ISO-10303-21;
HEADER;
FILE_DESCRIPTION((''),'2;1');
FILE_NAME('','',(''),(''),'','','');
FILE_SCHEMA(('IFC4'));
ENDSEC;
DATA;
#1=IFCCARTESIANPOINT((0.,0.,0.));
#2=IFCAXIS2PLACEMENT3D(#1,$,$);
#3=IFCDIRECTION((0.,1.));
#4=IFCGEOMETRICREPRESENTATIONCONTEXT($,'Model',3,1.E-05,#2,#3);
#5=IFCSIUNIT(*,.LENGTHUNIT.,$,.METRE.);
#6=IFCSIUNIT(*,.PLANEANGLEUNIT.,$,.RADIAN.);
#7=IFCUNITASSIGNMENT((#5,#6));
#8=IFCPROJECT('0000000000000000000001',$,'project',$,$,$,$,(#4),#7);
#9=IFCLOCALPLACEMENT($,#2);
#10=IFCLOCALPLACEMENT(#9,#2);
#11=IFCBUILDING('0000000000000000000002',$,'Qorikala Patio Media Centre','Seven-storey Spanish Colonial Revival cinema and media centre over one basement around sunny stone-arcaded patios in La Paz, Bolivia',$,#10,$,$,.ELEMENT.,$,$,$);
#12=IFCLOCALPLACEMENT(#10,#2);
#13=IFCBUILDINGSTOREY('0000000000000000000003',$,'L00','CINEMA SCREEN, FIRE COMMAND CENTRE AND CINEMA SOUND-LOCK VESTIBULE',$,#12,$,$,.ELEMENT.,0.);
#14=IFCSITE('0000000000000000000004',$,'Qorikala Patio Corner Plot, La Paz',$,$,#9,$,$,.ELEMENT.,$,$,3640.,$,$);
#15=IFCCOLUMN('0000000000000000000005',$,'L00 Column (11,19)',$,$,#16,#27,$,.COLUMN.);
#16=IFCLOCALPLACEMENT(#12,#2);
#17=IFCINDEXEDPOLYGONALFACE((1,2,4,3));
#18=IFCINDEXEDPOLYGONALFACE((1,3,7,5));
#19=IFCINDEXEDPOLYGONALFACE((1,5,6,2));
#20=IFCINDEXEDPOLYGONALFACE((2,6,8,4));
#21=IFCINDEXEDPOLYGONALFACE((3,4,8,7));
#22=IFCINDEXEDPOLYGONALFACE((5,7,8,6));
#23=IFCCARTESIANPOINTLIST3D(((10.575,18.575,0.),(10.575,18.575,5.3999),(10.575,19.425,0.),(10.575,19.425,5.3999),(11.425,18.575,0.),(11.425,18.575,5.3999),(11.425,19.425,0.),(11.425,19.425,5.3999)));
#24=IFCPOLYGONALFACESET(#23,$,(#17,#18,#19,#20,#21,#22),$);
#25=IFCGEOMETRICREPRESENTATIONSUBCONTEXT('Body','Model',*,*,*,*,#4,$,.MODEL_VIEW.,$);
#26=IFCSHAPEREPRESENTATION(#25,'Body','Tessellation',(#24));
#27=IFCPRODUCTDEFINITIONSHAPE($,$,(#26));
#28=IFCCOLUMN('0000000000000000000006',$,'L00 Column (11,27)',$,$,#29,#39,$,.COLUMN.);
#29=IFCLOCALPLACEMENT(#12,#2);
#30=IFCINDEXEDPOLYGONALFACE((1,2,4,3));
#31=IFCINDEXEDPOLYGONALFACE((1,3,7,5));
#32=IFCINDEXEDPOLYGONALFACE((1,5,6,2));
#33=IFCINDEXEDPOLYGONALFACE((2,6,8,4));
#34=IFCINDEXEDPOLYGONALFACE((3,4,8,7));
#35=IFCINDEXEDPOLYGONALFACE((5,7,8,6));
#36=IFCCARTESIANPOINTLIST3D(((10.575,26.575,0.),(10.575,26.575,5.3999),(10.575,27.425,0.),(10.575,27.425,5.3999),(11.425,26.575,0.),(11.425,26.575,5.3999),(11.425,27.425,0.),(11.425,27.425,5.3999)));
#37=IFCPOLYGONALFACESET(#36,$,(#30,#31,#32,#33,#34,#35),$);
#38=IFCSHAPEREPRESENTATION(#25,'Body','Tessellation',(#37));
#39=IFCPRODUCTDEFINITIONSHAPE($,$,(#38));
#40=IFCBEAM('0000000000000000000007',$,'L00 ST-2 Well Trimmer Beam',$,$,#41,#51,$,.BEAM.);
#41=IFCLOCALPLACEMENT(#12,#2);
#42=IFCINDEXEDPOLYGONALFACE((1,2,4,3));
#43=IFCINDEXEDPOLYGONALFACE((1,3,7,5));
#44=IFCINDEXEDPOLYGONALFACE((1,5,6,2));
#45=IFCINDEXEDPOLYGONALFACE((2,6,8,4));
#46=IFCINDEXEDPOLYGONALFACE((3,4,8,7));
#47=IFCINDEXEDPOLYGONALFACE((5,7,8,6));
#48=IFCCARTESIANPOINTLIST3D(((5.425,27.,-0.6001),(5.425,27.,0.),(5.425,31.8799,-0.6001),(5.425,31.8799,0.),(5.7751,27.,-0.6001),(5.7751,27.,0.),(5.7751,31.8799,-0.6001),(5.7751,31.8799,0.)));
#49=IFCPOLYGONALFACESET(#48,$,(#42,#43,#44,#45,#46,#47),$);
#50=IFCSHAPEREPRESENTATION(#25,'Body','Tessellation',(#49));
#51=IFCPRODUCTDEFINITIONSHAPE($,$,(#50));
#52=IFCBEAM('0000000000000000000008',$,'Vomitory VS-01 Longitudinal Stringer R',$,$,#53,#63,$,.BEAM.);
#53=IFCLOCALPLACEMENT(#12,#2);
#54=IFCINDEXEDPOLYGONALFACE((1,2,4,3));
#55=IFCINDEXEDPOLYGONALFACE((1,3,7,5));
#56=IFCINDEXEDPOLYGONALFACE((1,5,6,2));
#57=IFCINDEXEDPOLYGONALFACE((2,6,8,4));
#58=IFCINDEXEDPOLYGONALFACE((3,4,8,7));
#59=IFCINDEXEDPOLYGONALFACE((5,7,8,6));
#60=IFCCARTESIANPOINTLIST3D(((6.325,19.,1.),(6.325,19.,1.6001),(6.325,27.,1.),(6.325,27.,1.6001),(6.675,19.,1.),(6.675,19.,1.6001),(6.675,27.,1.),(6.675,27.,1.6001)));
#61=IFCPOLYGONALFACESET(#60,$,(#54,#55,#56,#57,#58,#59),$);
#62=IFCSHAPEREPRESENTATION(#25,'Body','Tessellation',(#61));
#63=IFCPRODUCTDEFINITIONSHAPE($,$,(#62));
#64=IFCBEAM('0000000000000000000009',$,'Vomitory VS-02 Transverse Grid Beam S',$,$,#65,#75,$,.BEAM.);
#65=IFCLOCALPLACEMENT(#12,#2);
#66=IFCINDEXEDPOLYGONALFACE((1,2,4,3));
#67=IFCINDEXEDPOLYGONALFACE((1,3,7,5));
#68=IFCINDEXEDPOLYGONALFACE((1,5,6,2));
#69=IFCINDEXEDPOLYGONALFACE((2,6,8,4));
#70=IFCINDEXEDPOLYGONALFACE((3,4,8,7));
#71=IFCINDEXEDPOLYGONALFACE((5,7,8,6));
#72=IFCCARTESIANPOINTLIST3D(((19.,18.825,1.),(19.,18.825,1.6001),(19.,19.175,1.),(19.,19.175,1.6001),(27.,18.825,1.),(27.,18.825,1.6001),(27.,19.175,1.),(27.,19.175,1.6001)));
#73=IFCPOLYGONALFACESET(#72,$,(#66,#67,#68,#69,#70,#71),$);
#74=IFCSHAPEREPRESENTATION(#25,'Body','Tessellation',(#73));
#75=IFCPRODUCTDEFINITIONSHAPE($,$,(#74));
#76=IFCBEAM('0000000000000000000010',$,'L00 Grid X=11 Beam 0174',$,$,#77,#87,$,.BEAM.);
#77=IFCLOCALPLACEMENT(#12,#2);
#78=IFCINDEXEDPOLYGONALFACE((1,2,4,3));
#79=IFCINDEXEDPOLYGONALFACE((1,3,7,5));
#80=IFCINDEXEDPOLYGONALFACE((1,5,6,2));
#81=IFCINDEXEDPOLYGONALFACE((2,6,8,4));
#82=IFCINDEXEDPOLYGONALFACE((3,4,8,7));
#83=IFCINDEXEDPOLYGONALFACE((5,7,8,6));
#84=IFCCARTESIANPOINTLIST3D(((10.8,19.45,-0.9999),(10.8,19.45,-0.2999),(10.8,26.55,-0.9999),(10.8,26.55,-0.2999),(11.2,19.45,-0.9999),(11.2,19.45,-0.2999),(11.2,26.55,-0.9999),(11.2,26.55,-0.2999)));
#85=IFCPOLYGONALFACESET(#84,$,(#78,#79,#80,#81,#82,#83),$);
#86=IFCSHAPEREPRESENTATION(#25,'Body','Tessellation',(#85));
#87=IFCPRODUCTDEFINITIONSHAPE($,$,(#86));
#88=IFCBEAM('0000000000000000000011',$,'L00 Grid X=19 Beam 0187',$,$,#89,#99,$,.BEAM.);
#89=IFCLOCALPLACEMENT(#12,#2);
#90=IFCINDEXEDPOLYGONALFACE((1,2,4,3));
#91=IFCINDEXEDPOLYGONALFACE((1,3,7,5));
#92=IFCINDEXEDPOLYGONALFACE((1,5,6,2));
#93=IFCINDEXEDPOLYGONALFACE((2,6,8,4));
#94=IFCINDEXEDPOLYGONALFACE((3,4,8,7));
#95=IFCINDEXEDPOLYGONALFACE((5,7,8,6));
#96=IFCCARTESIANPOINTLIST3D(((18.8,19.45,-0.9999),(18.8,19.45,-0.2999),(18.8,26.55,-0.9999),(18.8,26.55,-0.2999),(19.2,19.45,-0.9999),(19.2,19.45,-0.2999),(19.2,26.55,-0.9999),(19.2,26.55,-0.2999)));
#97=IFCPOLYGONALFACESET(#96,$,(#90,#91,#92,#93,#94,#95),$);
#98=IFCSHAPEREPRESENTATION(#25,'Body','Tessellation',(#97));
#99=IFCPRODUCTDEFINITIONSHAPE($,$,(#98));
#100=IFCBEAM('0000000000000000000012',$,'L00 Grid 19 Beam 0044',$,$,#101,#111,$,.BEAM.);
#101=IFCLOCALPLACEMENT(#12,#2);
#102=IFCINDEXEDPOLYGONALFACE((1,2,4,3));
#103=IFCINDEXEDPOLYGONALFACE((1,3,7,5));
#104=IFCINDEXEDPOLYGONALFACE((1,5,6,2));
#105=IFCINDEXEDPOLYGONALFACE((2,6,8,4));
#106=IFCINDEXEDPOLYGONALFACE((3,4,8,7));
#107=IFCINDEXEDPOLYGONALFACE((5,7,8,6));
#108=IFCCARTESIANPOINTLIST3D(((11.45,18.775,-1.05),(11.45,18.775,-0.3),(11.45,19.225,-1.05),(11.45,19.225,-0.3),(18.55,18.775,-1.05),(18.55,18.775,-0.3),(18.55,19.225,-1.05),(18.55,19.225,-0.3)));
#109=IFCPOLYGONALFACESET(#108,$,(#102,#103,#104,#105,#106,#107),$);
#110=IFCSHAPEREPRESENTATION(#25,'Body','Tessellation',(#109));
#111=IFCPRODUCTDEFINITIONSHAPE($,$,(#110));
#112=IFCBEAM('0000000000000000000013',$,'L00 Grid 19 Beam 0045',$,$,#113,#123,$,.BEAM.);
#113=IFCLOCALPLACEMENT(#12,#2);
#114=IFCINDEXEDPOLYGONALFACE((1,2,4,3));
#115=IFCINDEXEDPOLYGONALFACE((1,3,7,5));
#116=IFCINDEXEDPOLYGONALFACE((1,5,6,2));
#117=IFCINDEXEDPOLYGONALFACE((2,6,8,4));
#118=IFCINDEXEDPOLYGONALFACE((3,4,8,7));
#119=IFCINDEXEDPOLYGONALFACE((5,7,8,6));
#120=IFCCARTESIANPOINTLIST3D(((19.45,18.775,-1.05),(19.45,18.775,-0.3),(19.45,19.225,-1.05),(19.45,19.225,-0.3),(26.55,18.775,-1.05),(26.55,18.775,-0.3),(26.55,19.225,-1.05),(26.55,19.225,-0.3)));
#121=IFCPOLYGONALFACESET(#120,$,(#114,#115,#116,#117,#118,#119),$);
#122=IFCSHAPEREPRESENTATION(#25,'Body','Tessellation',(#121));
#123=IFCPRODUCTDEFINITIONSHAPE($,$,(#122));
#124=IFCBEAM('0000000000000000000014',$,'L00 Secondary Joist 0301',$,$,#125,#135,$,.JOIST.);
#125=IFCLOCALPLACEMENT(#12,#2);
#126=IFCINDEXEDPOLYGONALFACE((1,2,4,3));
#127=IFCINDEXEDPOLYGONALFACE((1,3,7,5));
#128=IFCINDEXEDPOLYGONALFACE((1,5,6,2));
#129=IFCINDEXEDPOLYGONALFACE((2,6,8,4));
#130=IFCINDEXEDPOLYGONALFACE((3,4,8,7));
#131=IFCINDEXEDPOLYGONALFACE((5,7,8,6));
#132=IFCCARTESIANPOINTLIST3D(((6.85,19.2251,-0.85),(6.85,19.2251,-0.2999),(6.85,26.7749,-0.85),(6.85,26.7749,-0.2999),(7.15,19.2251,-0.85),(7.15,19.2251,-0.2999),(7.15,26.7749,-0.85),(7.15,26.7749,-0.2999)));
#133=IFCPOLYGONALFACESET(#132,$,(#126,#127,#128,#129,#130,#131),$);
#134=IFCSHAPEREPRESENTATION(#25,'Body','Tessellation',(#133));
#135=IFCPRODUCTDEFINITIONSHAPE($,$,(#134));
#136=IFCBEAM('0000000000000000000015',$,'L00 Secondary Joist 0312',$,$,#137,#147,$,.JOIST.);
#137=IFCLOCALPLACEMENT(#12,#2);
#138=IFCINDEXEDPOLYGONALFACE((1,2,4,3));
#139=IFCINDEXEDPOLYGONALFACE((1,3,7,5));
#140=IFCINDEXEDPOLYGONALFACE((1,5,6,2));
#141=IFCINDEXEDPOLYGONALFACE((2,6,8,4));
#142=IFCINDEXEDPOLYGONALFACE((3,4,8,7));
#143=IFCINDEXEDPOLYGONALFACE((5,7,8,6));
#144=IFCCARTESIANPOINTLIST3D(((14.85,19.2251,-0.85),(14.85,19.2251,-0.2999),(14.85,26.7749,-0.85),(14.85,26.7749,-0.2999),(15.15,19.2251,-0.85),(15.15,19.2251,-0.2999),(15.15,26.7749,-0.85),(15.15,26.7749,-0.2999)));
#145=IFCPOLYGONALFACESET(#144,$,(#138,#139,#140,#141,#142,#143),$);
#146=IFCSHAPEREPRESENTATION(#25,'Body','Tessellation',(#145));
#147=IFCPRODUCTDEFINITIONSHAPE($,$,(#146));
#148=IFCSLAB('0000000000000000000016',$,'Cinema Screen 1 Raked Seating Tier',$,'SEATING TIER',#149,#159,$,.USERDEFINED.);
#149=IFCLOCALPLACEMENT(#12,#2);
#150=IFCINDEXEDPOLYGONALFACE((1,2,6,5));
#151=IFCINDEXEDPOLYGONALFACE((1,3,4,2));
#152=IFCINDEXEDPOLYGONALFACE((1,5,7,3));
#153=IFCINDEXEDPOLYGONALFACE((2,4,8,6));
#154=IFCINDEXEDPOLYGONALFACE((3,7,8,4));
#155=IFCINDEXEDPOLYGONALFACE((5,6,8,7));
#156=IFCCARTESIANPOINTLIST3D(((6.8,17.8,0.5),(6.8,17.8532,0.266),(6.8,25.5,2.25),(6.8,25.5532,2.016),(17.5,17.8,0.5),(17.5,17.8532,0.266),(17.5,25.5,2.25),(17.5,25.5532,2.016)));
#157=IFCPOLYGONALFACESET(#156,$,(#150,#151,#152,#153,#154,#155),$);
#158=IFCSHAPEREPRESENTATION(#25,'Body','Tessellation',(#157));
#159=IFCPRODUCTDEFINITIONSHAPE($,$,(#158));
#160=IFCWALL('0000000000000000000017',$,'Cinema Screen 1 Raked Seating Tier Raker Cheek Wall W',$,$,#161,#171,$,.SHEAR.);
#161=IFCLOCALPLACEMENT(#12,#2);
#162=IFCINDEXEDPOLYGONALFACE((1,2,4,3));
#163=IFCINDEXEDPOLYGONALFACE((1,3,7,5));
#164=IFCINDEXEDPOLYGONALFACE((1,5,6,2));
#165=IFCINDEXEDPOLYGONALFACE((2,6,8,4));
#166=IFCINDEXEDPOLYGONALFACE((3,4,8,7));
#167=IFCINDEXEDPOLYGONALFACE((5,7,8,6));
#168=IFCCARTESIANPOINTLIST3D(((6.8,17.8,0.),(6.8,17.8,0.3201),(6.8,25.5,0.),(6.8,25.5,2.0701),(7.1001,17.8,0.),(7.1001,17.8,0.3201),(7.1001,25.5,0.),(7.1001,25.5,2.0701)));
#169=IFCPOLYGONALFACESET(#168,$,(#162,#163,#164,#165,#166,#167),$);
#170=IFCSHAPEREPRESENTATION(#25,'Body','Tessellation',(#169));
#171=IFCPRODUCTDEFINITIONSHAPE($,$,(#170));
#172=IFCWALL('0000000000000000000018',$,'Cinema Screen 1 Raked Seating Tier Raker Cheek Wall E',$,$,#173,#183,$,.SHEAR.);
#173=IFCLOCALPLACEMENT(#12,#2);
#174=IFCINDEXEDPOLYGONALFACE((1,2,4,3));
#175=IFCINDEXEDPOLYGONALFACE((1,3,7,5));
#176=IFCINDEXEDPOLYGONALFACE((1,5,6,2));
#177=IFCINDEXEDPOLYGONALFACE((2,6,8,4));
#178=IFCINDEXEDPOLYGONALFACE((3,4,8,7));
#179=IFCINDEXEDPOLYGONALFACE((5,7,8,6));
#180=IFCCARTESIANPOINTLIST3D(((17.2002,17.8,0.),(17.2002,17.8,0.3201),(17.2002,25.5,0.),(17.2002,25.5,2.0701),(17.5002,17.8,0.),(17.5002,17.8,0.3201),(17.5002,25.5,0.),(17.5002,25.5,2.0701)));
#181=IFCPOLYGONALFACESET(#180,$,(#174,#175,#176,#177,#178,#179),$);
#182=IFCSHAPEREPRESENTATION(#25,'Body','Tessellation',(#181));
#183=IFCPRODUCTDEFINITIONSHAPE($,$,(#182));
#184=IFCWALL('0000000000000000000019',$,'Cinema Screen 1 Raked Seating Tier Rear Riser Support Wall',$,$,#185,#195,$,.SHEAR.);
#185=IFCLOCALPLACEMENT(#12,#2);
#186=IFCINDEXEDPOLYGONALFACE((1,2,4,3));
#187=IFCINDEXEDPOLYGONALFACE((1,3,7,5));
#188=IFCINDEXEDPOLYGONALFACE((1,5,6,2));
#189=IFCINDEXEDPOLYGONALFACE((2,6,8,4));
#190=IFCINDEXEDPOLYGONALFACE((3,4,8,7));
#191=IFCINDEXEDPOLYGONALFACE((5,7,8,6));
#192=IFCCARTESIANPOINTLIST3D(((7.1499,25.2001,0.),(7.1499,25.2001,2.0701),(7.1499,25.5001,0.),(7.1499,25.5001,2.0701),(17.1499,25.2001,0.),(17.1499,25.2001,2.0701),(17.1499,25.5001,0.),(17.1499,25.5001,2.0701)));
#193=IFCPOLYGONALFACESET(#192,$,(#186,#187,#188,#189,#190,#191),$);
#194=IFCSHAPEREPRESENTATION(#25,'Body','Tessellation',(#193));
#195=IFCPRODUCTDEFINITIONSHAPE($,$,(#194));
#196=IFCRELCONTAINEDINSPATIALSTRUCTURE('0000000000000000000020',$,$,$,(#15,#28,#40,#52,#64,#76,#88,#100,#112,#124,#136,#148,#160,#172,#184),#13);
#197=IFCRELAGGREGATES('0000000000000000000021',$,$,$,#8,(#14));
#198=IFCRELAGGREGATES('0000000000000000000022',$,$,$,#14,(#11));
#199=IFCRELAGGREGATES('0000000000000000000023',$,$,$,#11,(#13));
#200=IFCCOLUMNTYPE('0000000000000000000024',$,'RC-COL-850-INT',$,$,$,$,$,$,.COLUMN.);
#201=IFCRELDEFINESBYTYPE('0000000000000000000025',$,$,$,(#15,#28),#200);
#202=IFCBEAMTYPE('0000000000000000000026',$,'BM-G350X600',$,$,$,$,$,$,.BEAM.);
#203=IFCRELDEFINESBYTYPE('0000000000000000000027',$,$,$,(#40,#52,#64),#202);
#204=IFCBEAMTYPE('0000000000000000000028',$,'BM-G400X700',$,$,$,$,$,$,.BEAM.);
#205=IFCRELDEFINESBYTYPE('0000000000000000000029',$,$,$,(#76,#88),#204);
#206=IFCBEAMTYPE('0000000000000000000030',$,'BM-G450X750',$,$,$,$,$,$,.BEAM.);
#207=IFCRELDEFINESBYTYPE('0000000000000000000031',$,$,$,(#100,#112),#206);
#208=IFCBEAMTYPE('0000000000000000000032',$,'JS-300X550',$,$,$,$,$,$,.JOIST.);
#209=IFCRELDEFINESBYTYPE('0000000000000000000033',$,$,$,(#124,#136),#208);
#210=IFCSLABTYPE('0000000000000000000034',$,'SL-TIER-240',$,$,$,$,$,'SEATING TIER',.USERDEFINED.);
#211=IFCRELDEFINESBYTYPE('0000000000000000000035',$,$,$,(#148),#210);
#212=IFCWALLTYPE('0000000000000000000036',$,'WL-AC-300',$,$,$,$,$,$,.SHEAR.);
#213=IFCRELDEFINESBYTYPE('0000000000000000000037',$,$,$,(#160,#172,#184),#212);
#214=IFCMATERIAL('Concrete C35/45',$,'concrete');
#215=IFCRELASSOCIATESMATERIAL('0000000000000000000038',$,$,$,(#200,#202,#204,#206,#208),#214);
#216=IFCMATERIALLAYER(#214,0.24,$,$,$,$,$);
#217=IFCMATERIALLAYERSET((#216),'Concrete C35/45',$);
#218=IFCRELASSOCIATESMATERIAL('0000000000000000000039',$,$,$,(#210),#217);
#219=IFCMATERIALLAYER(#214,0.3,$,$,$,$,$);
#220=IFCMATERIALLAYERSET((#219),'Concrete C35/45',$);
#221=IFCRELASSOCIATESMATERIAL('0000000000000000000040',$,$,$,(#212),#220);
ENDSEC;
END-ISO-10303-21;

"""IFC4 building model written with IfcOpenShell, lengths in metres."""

from ifc_helpers import new_model, si_unit, direction, frame, frame_2d, origin, origin_2d, place, context, subcontext, project, spatial, polyline, rectangle, outline, extrude, material, layer, layer_set, material_profile, profile_set, type_object, element, save


model = new_model("IFC4")

# Units and contexts
model_context = context("Model", 3, precision=1e-05, world=origin(), true_north=direction((0.0, 1.0)))
body_context = subcontext(model_context, "Body", "Model", "MODEL_VIEW")
ifc_project = project(units=[si_unit("LENGTHUNIT", "METRE"), si_unit("PLANEANGLEUNIT", "RADIAN")], contexts=[model_context])

# Site, building, storey
site_placement = place(None, origin())
site = spatial("IfcSite", under=ifc_project, at=site_placement, Name="Qorikala Patio Corner Plot, La Paz", CompositionType="ELEMENT", RefElevation=3640.0)
building_placement = place(site_placement, origin())
building = spatial("IfcBuilding", under=site, at=building_placement, Name="Qorikala Patio Media Centre", Description="Seven-storey Spanish Colonial Revival cinema and media centre over one basement around sunny stone-arcaded patios in La Paz, Bolivia", CompositionType="ELEMENT")
storey_placement = place(building_placement, origin())
storey = spatial("IfcBuildingStorey", under=building, at=storey_placement, Name="L00", Description="CINEMA SCREEN, FIRE COMMAND CENTRE AND CINEMA SOUND-LOCK VESTIBULE", CompositionType="ELEMENT", Elevation=0.0)

# Columns
ifc_material_1 = material(Name="Concrete C35/45", Category="concrete")
ifc_material_profile_1 = material_profile(ifc_material_1, rectangle(XDim=0.8501, YDim=0.8501, at=origin_2d()), Name="RC 850x850")
ifc_profile_set_1 = profile_set([ifc_material_profile_1], Name="Concrete C35/45")
column_type = type_object("IfcColumnType", Name="RC-COL-850-INT", PredefinedType="COLUMN", material=ifc_profile_set_1)
for number, where, z_axis, x_axis, name in (
    (1, (11.0, 19.0, 0.0), (0.0, 0.0, 1.0), (1.0, 0.0, 0.0), "L00 Column (11,19)"),
    (2, (11.0, 27.0, 0.0), (0.0, 0.0, 1.0), (1.0, 0.0, 0.0), "L00 Column (11,27)"),
):
    element("IfcColumn", number, at=place(storey_placement, frame(where, z_axis=z_axis, x_axis=x_axis)), inside=storey, type_object=column_type, Name=name, PredefinedType="COLUMN", context=body_context, shape_type="SweptSolid", body=[
        extrude(rectangle(XDim=0.8501, YDim=0.8501, at=origin_2d()), origin(), (0.0, 0.0, 1.0), 5.3999),
    ])

# Beams
ifc_material_profile_2 = material_profile(ifc_material_1, rectangle(XDim=0.3501, YDim=0.6001, at=origin_2d()), Name="RC 350x600")
ifc_profile_set_2 = profile_set([ifc_material_profile_2], Name="Concrete C35/45")
beam_type_1 = type_object("IfcBeamType", Name="BM-G350X600", PredefinedType="BEAM", material=ifc_profile_set_2)
beam_placement = place(storey_placement, frame((5.6001, 27.0, -0.3), z_axis=(0.0, 1.0, 0.0), x_axis=(-1.0, 0.0, 0.0)))
element("IfcBeam", 3, at=beam_placement, inside=storey, type_object=beam_type_1, Name="L00 ST-2 Well Trimmer Beam", PredefinedType="BEAM", context=body_context, shape_type="SweptSolid", body=[
    extrude(rectangle(XDim=0.3501, YDim=0.6001, at=origin_2d()), origin(), (0.0, 0.0, 1.0), 4.8799),
])
for number, where, z_axis, x_axis, name in (
    (4, (6.5, 19.0, 1.3), (0.0, 1.0, 0.0), (-1.0, 0.0, 0.0), "Vomitory VS-01 Longitudinal Stringer R"),
    (5, (19.0, 19.0, 1.3), (1.0, 0.0, 0.0), (0.0, 1.0, 0.0), "Vomitory VS-02 Transverse Grid Beam S"),
):
    element("IfcBeam", number, at=place(storey_placement, frame(where, z_axis=z_axis, x_axis=x_axis)), inside=storey, type_object=beam_type_1, Name=name, PredefinedType="BEAM", context=body_context, shape_type="SweptSolid", body=[
        extrude(rectangle(XDim=0.3501, YDim=0.6001, at=origin_2d()), origin(), (0.0, 0.0, 1.0), 8.0),
    ])
ifc_material_profile_3 = material_profile(ifc_material_1, rectangle(XDim=0.3999, YDim=0.7, at=origin_2d()), Name="RC 400x700")
ifc_profile_set_3 = profile_set([ifc_material_profile_3], Name="Concrete C35/45")
beam_type_2 = type_object("IfcBeamType", Name="BM-G400X700", PredefinedType="BEAM", material=ifc_profile_set_3)
for number, where, z_axis, x_axis, name in (
    (6, (11.0, 19.45, -0.6499), (0.0, 1.0, 0.0), (-1.0, 0.0, 0.0), "L00 Grid X=11 Beam 0174"),
    (7, (19.0, 19.45, -0.6499), (0.0, 1.0, 0.0), (-1.0, 0.0, 0.0), "L00 Grid X=19 Beam 0187"),
):
    element("IfcBeam", number, at=place(storey_placement, frame(where, z_axis=z_axis, x_axis=x_axis)), inside=storey, type_object=beam_type_2, Name=name, PredefinedType="BEAM", context=body_context, shape_type="SweptSolid", body=[
        extrude(rectangle(XDim=0.3999, YDim=0.7, at=origin_2d()), origin(), (0.0, 0.0, 1.0), 7.1001),
    ])
ifc_material_profile_4 = material_profile(ifc_material_1, rectangle(XDim=0.45, YDim=0.75, at=origin_2d()), Name="RC 450x750")
ifc_profile_set_4 = profile_set([ifc_material_profile_4], Name="Concrete C35/45")
beam_type_3 = type_object("IfcBeamType", Name="BM-G450X750", PredefinedType="BEAM", material=ifc_profile_set_4)
for number, where, z_axis, x_axis, name in (
    (8, (11.45, 19.0, -0.675), (1.0, 0.0, 0.0), (0.0, 1.0, 0.0), "L00 Grid 19 Beam 0044"),
    (9, (19.45, 19.0, -0.675), (1.0, 0.0, 0.0), (0.0, 1.0, 0.0), "L00 Grid 19 Beam 0045"),
):
    element("IfcBeam", number, at=place(storey_placement, frame(where, z_axis=z_axis, x_axis=x_axis)), inside=storey, type_object=beam_type_3, Name=name, PredefinedType="BEAM", context=body_context, shape_type="SweptSolid", body=[
        extrude(rectangle(XDim=0.45, YDim=0.75, at=origin_2d()), origin(), (0.0, 0.0, 1.0), 7.1001),
    ])
ifc_material_profile_5 = material_profile(ifc_material_1, rectangle(XDim=0.3, YDim=0.55, at=origin_2d()), Name="RC 300x550")
ifc_profile_set_5 = profile_set([ifc_material_profile_5], Name="Concrete C35/45")
beam_type_4 = type_object("IfcBeamType", Name="JS-300X550", PredefinedType="JOIST", material=ifc_profile_set_5)
for number, where, z_axis, x_axis, name in (
    (10, (7.0, 19.2251, -0.575), (0.0, 1.0, 0.0), (-1.0, 0.0, 0.0), "L00 Secondary Joist 0301"),
    (11, (15.0, 19.2251, -0.575), (0.0, 1.0, 0.0), (-1.0, 0.0, 0.0), "L00 Secondary Joist 0312"),
):
    element("IfcBeam", number, at=place(storey_placement, frame(where, z_axis=z_axis, x_axis=x_axis)), inside=storey, type_object=beam_type_4, Name=name, PredefinedType="JOIST", context=body_context, shape_type="SweptSolid", body=[
        extrude(rectangle(XDim=0.3, YDim=0.55, at=origin_2d()), origin(), (0.0, 0.0, 1.0), 7.5498),
    ])

# Slab
ifc_layer_1 = layer(ifc_material_1, 0.24)
ifc_layer_set_1 = layer_set([ifc_layer_1], Name="Concrete C35/45")
slab_type = type_object("IfcSlabType", Name="SL-TIER-240", ElementType="SEATING TIER", PredefinedType="USERDEFINED", material=ifc_layer_set_1)
slab_placement = place(storey_placement, frame((6.8, 17.8, 0.5), z_axis=(0.0, -0.221622, 0.975133), x_axis=(1.0, 0.0, 0.0)))
element("IfcSlab", 12, at=slab_placement, inside=storey, type_object=slab_type, Name="Cinema Screen 1 Raked Seating Tier", ObjectType="SEATING TIER", PredefinedType="USERDEFINED", context=body_context, shape_type="SweptSolid", body=[
    extrude(outline(polyline([(0.0, 0.0), (10.7, 0.0), (10.7, 7.8963), (0.0, 7.8963), (0.0, 0.0)])), origin(), (0.0, 0.0, -1.0), 0.24),
])

# Walls
ifc_layer_2 = layer(ifc_material_1, 0.3)
ifc_layer_set_2 = layer_set([ifc_layer_2], Name="Concrete C35/45")
wall_type = type_object("IfcWallType", Name="WL-AC-300", PredefinedType="SHEAR", material=ifc_layer_set_2)
for number, where, z_axis, x_axis, name in (
    (13, (6.95, 17.8, 0.0), (0.0, 0.0, 1.0), (0.0, 1.0, 0.0), "Cinema Screen 1 Raked Seating Tier Raker Cheek Wall W"),
    (14, (17.3501, 17.8, 0.0), (0.0, 0.0, 1.0), (0.0, 1.0, 0.0), "Cinema Screen 1 Raked Seating Tier Raker Cheek Wall E"),
):
    element("IfcWall", number, at=place(storey_placement, frame(where, z_axis=z_axis, x_axis=x_axis)), inside=storey, type_object=wall_type, Name=name, PredefinedType="SHEAR", context=body_context, shape_type="SweptSolid", body=[
        extrude(outline(polyline([(0.0, 0.0), (7.7, 0.0), (7.7, 2.0701), (0.0, 0.3201), (0.0, 0.0)])), frame((0.0, 0.1499, 0.0), z_axis=(0.0, -1.0, 0.0), x_axis=(1.0, 0.0, 0.0)), (0.0, 0.0, 1.0), 0.3),
    ])
wall_1_placement = place(storey_placement, frame((7.1499, 25.3501, 0.0), z_axis=(0.0, 0.0, 1.0), x_axis=(1.0, 0.0, 0.0)))
element("IfcWall", 15, at=wall_1_placement, inside=storey, type_object=wall_type, Name="Cinema Screen 1 Raked Seating Tier Rear Riser Support Wall", PredefinedType="SHEAR", context=body_context, shape_type="SweptSolid", body=[
    extrude(rectangle(XDim=10.0, YDim=0.3, at=frame_2d((5.0, 0.0))), origin(), (0.0, 0.0, 1.0), 2.0701),
])

save(model, "model.ifc")
